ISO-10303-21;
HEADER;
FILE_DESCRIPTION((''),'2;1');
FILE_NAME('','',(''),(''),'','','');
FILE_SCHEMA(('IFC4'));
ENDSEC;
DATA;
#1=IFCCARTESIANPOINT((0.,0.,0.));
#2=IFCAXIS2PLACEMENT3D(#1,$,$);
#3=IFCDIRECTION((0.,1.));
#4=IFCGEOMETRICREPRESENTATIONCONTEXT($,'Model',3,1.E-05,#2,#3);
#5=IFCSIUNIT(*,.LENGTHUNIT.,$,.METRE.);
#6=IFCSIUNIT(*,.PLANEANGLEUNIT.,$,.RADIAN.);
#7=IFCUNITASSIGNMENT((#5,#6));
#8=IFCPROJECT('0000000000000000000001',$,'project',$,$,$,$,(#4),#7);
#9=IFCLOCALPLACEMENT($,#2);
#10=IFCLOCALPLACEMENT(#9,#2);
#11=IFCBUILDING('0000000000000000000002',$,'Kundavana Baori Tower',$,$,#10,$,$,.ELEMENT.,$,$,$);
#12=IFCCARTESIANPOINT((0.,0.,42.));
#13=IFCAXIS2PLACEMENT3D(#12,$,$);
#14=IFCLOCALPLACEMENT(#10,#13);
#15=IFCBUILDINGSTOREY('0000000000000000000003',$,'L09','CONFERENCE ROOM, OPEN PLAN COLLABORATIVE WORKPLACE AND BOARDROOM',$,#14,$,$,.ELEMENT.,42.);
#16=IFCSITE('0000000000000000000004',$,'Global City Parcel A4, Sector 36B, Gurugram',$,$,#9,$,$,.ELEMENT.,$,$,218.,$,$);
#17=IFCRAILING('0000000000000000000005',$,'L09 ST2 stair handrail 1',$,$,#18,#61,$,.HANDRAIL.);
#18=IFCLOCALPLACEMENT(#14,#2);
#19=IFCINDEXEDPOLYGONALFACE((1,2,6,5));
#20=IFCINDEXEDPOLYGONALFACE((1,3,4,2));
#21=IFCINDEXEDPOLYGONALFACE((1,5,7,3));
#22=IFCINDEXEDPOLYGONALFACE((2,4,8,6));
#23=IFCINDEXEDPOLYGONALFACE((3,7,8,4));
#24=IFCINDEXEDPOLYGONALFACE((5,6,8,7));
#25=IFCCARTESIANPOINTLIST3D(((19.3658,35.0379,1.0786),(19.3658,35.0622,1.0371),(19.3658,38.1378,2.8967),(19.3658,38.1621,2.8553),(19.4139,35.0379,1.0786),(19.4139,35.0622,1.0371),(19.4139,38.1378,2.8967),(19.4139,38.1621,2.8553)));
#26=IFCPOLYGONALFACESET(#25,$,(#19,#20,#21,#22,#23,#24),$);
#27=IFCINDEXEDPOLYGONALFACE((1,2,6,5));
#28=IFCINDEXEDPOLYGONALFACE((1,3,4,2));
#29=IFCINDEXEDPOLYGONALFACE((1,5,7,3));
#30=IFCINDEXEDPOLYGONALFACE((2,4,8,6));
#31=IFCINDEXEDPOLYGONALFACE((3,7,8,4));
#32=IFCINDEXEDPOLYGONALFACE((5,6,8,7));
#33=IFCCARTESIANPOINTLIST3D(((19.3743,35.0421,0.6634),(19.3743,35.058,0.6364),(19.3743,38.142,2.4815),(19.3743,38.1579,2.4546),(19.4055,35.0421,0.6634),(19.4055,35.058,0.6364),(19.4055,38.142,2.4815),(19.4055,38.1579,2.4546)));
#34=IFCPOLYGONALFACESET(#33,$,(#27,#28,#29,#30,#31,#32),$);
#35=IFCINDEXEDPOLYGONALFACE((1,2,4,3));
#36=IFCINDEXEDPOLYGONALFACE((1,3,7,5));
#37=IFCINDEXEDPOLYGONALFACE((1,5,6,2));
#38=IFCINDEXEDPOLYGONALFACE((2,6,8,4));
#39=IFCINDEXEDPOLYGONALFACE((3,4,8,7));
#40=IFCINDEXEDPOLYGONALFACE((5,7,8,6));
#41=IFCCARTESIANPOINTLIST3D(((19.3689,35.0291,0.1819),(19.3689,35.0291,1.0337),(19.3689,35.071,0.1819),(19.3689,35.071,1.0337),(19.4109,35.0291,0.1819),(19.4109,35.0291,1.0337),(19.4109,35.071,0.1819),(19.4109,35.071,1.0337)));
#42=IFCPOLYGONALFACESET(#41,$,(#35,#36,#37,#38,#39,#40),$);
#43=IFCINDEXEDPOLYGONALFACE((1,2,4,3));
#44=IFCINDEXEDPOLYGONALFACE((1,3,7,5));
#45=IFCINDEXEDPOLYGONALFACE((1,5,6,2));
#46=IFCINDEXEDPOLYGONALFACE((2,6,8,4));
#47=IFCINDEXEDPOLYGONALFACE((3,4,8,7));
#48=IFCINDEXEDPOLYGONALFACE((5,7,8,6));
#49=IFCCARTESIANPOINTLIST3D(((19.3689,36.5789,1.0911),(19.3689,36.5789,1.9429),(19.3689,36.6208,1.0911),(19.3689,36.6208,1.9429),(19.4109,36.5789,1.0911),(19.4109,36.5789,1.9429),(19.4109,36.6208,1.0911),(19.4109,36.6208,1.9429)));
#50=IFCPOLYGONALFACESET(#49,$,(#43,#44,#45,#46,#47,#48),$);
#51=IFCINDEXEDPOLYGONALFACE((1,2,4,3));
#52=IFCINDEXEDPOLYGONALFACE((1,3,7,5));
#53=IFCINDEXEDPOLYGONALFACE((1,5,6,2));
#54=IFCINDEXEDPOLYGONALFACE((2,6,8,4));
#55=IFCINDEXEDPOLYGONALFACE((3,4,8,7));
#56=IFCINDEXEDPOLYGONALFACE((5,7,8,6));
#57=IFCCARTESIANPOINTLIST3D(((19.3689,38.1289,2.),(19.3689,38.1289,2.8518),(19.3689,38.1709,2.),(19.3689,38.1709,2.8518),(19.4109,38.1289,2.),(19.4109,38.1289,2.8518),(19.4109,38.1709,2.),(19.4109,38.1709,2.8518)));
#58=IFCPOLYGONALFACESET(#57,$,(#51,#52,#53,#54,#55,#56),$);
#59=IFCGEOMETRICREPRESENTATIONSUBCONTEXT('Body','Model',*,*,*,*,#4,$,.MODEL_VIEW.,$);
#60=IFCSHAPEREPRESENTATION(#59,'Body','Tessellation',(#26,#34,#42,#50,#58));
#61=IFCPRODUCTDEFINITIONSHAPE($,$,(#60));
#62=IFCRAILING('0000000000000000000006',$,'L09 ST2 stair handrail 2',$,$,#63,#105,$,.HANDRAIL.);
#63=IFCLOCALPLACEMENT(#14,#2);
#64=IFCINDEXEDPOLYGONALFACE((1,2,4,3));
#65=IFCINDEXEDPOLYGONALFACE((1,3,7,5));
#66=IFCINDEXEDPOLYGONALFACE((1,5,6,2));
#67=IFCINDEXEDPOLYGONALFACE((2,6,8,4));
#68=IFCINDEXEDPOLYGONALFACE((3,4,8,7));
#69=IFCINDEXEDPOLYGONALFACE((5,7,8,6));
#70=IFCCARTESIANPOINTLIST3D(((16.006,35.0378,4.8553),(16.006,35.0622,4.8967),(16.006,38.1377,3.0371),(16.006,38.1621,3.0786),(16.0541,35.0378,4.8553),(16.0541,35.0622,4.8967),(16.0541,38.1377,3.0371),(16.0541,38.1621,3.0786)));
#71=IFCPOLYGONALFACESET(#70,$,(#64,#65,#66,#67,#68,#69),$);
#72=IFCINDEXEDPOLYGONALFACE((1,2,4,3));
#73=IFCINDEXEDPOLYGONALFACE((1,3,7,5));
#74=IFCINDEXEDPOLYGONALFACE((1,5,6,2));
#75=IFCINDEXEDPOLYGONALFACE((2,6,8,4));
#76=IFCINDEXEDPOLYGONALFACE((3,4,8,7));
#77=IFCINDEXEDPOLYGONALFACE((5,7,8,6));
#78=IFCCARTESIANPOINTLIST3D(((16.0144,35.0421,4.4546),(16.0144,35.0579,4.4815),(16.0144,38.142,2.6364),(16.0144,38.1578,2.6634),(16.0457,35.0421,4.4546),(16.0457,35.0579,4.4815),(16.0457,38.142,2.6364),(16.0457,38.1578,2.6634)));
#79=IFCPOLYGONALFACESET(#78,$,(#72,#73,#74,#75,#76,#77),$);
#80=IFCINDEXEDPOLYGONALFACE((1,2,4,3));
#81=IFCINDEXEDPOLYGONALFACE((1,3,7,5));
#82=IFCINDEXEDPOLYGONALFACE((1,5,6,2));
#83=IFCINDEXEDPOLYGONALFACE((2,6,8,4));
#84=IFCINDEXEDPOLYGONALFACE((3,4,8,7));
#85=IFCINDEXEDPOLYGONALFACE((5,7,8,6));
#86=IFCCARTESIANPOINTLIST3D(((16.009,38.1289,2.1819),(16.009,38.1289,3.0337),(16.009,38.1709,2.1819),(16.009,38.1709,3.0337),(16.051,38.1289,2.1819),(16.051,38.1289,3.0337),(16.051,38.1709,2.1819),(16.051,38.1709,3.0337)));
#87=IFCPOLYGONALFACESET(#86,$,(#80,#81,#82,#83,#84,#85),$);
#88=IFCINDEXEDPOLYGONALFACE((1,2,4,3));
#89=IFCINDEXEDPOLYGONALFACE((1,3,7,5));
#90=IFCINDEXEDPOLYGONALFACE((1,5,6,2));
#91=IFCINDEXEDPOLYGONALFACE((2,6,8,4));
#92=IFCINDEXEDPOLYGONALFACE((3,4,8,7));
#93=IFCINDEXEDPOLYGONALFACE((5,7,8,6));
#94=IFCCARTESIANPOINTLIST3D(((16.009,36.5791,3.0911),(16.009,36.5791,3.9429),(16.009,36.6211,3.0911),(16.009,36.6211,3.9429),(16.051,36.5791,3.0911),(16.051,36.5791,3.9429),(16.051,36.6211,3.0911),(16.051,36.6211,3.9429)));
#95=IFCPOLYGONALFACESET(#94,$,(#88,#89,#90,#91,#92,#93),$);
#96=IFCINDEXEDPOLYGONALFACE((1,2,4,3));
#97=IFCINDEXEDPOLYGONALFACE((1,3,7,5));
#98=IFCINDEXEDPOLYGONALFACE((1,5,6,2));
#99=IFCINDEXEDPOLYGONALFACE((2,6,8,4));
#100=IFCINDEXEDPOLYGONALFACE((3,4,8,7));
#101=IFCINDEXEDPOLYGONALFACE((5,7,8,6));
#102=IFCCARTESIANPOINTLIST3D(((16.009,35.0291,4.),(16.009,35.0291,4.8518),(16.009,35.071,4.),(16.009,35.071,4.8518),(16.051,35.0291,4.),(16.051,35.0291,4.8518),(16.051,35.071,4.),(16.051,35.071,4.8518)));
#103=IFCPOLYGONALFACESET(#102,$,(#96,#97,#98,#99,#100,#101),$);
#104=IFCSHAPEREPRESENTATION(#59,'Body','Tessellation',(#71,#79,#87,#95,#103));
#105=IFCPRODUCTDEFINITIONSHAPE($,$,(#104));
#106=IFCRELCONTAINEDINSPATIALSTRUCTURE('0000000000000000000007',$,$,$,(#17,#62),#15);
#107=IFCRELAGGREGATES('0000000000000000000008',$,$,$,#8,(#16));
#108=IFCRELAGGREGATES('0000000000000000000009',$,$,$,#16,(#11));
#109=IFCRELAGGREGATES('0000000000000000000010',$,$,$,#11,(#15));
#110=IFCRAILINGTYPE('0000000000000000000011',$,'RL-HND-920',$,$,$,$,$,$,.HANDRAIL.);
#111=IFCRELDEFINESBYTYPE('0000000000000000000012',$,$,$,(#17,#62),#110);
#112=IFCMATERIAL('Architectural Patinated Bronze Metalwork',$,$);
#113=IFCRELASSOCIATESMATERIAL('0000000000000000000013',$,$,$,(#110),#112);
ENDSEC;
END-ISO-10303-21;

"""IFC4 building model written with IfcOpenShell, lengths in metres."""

from ifc_helpers import new_model, si_unit, direction, frame, origin, origin_2d, place, context, subcontext, project, spatial, rectangle, extrude, material, type_object, element, save


model = new_model("IFC4")

# Units and contexts
model_context = context("Model", 3, precision=1e-05, world=origin(), true_north=direction((0.0, 1.0)))
body_context = subcontext(model_context, "Body", "Model", "MODEL_VIEW")
ifc_project = project(units=[si_unit("LENGTHUNIT", "METRE"), si_unit("PLANEANGLEUNIT", "RADIAN")], contexts=[model_context])

# Site, building, storey
site_placement = place(None, origin())
site = spatial("IfcSite", under=ifc_project, at=site_placement, Name="Global City Parcel A4, Sector 36B, Gurugram", CompositionType="ELEMENT", RefElevation=218.0)
building_placement = place(site_placement, origin())
building = spatial("IfcBuilding", under=site, at=building_placement, Name="Kundavana Baori Tower", CompositionType="ELEMENT")
storey_placement = place(building_placement, frame((0.0, 0.0, 42.0)))
storey = spatial("IfcBuildingStorey", under=building, at=storey_placement, Name="L09", Description="CONFERENCE ROOM, OPEN PLAN COLLABORATIVE WORKPLACE AND BOARDROOM", CompositionType="ELEMENT", Elevation=42.0)

# Railings
ifc_material_1 = material(Name="Architectural Patinated Bronze Metalwork")
railing_type_1 = type_object("IfcRailingType", Name="RL-HND-920", PredefinedType="HANDRAIL", material=ifc_material_1)
railing_1_placement = place(storey_placement, frame((19.3899, 35.05, 0.1819)))
element("IfcRailing", 1, at=railing_1_placement, inside=storey, type_object=railing_type_1, Name="L09 ST2 stair handrail 1", PredefinedType="HANDRAIL", context=body_context, shape_type="SweptSolid", body=[
    extrude(rectangle(XDim=0.0481, YDim=0.0481, at=origin_2d()), frame((0.0, 0.0, 0.876), z_axis=(0.0, 0.862581, 0.505918), x_axis=(-1.0, 0.0, 0.0)), (0.0, 0.0, 1.0), 3.5938),
    extrude(rectangle(XDim=0.0312, YDim=0.0312, at=origin_2d()), frame((0.0, 0.0, 0.468), z_axis=(0.0, 0.862581, 0.505918), x_axis=(-1.0, 0.0, 0.0)), (0.0, 0.0, 1.0), 3.5938),
    extrude(rectangle(XDim=0.042, YDim=0.042, at=origin_2d()), origin(), (0.0, 0.0, 1.0), 0.8518),
    extrude(rectangle(XDim=0.042, YDim=0.042, at=origin_2d()), frame((0.0, 1.5498, 0.9092)), (0.0, 0.0, 1.0), 0.8518),
    extrude(rectangle(XDim=0.042, YDim=0.042, at=origin_2d()), frame((0.0, 3.0999, 1.8181)), (0.0, 0.0, 1.0), 0.8518),
])
railing_2_placement = place(storey_placement, frame((16.03, 38.1499, 2.1819)))
element("IfcRailing", 2, at=railing_2_placement, inside=storey, type_object=railing_type_1, Name="L09 ST2 stair handrail 2", PredefinedType="HANDRAIL", context=body_context, shape_type="SweptSolid", body=[
    extrude(rectangle(XDim=0.0481, YDim=0.0481, at=origin_2d()), frame((0.0, 0.0, 0.876), z_axis=(0.0, -0.862581, 0.505918), x_axis=(1.0, 0.0, 0.0)), (0.0, 0.0, 1.0), 3.5938),
    extrude(rectangle(XDim=0.0312, YDim=0.0312, at=origin_2d()), frame((0.0, 0.0, 0.468), z_axis=(0.0, -0.862581, 0.505918), x_axis=(1.0, 0.0, 0.0)), (0.0, 0.0, 1.0), 3.5938),
    extrude(rectangle(XDim=0.042, YDim=0.042, at=origin_2d()), origin(), (0.0, 0.0, 1.0), 0.8518),
    extrude(rectangle(XDim=0.042, YDim=0.042, at=origin_2d()), frame((0.0, -1.5498, 0.9092)), (0.0, 0.0, 1.0), 0.8518),
    extrude(rectangle(XDim=0.042, YDim=0.042, at=origin_2d()), frame((0.0, -3.0999, 1.8181)), (0.0, 0.0, 1.0), 0.8518),
])

save(model, "model.ifc")
